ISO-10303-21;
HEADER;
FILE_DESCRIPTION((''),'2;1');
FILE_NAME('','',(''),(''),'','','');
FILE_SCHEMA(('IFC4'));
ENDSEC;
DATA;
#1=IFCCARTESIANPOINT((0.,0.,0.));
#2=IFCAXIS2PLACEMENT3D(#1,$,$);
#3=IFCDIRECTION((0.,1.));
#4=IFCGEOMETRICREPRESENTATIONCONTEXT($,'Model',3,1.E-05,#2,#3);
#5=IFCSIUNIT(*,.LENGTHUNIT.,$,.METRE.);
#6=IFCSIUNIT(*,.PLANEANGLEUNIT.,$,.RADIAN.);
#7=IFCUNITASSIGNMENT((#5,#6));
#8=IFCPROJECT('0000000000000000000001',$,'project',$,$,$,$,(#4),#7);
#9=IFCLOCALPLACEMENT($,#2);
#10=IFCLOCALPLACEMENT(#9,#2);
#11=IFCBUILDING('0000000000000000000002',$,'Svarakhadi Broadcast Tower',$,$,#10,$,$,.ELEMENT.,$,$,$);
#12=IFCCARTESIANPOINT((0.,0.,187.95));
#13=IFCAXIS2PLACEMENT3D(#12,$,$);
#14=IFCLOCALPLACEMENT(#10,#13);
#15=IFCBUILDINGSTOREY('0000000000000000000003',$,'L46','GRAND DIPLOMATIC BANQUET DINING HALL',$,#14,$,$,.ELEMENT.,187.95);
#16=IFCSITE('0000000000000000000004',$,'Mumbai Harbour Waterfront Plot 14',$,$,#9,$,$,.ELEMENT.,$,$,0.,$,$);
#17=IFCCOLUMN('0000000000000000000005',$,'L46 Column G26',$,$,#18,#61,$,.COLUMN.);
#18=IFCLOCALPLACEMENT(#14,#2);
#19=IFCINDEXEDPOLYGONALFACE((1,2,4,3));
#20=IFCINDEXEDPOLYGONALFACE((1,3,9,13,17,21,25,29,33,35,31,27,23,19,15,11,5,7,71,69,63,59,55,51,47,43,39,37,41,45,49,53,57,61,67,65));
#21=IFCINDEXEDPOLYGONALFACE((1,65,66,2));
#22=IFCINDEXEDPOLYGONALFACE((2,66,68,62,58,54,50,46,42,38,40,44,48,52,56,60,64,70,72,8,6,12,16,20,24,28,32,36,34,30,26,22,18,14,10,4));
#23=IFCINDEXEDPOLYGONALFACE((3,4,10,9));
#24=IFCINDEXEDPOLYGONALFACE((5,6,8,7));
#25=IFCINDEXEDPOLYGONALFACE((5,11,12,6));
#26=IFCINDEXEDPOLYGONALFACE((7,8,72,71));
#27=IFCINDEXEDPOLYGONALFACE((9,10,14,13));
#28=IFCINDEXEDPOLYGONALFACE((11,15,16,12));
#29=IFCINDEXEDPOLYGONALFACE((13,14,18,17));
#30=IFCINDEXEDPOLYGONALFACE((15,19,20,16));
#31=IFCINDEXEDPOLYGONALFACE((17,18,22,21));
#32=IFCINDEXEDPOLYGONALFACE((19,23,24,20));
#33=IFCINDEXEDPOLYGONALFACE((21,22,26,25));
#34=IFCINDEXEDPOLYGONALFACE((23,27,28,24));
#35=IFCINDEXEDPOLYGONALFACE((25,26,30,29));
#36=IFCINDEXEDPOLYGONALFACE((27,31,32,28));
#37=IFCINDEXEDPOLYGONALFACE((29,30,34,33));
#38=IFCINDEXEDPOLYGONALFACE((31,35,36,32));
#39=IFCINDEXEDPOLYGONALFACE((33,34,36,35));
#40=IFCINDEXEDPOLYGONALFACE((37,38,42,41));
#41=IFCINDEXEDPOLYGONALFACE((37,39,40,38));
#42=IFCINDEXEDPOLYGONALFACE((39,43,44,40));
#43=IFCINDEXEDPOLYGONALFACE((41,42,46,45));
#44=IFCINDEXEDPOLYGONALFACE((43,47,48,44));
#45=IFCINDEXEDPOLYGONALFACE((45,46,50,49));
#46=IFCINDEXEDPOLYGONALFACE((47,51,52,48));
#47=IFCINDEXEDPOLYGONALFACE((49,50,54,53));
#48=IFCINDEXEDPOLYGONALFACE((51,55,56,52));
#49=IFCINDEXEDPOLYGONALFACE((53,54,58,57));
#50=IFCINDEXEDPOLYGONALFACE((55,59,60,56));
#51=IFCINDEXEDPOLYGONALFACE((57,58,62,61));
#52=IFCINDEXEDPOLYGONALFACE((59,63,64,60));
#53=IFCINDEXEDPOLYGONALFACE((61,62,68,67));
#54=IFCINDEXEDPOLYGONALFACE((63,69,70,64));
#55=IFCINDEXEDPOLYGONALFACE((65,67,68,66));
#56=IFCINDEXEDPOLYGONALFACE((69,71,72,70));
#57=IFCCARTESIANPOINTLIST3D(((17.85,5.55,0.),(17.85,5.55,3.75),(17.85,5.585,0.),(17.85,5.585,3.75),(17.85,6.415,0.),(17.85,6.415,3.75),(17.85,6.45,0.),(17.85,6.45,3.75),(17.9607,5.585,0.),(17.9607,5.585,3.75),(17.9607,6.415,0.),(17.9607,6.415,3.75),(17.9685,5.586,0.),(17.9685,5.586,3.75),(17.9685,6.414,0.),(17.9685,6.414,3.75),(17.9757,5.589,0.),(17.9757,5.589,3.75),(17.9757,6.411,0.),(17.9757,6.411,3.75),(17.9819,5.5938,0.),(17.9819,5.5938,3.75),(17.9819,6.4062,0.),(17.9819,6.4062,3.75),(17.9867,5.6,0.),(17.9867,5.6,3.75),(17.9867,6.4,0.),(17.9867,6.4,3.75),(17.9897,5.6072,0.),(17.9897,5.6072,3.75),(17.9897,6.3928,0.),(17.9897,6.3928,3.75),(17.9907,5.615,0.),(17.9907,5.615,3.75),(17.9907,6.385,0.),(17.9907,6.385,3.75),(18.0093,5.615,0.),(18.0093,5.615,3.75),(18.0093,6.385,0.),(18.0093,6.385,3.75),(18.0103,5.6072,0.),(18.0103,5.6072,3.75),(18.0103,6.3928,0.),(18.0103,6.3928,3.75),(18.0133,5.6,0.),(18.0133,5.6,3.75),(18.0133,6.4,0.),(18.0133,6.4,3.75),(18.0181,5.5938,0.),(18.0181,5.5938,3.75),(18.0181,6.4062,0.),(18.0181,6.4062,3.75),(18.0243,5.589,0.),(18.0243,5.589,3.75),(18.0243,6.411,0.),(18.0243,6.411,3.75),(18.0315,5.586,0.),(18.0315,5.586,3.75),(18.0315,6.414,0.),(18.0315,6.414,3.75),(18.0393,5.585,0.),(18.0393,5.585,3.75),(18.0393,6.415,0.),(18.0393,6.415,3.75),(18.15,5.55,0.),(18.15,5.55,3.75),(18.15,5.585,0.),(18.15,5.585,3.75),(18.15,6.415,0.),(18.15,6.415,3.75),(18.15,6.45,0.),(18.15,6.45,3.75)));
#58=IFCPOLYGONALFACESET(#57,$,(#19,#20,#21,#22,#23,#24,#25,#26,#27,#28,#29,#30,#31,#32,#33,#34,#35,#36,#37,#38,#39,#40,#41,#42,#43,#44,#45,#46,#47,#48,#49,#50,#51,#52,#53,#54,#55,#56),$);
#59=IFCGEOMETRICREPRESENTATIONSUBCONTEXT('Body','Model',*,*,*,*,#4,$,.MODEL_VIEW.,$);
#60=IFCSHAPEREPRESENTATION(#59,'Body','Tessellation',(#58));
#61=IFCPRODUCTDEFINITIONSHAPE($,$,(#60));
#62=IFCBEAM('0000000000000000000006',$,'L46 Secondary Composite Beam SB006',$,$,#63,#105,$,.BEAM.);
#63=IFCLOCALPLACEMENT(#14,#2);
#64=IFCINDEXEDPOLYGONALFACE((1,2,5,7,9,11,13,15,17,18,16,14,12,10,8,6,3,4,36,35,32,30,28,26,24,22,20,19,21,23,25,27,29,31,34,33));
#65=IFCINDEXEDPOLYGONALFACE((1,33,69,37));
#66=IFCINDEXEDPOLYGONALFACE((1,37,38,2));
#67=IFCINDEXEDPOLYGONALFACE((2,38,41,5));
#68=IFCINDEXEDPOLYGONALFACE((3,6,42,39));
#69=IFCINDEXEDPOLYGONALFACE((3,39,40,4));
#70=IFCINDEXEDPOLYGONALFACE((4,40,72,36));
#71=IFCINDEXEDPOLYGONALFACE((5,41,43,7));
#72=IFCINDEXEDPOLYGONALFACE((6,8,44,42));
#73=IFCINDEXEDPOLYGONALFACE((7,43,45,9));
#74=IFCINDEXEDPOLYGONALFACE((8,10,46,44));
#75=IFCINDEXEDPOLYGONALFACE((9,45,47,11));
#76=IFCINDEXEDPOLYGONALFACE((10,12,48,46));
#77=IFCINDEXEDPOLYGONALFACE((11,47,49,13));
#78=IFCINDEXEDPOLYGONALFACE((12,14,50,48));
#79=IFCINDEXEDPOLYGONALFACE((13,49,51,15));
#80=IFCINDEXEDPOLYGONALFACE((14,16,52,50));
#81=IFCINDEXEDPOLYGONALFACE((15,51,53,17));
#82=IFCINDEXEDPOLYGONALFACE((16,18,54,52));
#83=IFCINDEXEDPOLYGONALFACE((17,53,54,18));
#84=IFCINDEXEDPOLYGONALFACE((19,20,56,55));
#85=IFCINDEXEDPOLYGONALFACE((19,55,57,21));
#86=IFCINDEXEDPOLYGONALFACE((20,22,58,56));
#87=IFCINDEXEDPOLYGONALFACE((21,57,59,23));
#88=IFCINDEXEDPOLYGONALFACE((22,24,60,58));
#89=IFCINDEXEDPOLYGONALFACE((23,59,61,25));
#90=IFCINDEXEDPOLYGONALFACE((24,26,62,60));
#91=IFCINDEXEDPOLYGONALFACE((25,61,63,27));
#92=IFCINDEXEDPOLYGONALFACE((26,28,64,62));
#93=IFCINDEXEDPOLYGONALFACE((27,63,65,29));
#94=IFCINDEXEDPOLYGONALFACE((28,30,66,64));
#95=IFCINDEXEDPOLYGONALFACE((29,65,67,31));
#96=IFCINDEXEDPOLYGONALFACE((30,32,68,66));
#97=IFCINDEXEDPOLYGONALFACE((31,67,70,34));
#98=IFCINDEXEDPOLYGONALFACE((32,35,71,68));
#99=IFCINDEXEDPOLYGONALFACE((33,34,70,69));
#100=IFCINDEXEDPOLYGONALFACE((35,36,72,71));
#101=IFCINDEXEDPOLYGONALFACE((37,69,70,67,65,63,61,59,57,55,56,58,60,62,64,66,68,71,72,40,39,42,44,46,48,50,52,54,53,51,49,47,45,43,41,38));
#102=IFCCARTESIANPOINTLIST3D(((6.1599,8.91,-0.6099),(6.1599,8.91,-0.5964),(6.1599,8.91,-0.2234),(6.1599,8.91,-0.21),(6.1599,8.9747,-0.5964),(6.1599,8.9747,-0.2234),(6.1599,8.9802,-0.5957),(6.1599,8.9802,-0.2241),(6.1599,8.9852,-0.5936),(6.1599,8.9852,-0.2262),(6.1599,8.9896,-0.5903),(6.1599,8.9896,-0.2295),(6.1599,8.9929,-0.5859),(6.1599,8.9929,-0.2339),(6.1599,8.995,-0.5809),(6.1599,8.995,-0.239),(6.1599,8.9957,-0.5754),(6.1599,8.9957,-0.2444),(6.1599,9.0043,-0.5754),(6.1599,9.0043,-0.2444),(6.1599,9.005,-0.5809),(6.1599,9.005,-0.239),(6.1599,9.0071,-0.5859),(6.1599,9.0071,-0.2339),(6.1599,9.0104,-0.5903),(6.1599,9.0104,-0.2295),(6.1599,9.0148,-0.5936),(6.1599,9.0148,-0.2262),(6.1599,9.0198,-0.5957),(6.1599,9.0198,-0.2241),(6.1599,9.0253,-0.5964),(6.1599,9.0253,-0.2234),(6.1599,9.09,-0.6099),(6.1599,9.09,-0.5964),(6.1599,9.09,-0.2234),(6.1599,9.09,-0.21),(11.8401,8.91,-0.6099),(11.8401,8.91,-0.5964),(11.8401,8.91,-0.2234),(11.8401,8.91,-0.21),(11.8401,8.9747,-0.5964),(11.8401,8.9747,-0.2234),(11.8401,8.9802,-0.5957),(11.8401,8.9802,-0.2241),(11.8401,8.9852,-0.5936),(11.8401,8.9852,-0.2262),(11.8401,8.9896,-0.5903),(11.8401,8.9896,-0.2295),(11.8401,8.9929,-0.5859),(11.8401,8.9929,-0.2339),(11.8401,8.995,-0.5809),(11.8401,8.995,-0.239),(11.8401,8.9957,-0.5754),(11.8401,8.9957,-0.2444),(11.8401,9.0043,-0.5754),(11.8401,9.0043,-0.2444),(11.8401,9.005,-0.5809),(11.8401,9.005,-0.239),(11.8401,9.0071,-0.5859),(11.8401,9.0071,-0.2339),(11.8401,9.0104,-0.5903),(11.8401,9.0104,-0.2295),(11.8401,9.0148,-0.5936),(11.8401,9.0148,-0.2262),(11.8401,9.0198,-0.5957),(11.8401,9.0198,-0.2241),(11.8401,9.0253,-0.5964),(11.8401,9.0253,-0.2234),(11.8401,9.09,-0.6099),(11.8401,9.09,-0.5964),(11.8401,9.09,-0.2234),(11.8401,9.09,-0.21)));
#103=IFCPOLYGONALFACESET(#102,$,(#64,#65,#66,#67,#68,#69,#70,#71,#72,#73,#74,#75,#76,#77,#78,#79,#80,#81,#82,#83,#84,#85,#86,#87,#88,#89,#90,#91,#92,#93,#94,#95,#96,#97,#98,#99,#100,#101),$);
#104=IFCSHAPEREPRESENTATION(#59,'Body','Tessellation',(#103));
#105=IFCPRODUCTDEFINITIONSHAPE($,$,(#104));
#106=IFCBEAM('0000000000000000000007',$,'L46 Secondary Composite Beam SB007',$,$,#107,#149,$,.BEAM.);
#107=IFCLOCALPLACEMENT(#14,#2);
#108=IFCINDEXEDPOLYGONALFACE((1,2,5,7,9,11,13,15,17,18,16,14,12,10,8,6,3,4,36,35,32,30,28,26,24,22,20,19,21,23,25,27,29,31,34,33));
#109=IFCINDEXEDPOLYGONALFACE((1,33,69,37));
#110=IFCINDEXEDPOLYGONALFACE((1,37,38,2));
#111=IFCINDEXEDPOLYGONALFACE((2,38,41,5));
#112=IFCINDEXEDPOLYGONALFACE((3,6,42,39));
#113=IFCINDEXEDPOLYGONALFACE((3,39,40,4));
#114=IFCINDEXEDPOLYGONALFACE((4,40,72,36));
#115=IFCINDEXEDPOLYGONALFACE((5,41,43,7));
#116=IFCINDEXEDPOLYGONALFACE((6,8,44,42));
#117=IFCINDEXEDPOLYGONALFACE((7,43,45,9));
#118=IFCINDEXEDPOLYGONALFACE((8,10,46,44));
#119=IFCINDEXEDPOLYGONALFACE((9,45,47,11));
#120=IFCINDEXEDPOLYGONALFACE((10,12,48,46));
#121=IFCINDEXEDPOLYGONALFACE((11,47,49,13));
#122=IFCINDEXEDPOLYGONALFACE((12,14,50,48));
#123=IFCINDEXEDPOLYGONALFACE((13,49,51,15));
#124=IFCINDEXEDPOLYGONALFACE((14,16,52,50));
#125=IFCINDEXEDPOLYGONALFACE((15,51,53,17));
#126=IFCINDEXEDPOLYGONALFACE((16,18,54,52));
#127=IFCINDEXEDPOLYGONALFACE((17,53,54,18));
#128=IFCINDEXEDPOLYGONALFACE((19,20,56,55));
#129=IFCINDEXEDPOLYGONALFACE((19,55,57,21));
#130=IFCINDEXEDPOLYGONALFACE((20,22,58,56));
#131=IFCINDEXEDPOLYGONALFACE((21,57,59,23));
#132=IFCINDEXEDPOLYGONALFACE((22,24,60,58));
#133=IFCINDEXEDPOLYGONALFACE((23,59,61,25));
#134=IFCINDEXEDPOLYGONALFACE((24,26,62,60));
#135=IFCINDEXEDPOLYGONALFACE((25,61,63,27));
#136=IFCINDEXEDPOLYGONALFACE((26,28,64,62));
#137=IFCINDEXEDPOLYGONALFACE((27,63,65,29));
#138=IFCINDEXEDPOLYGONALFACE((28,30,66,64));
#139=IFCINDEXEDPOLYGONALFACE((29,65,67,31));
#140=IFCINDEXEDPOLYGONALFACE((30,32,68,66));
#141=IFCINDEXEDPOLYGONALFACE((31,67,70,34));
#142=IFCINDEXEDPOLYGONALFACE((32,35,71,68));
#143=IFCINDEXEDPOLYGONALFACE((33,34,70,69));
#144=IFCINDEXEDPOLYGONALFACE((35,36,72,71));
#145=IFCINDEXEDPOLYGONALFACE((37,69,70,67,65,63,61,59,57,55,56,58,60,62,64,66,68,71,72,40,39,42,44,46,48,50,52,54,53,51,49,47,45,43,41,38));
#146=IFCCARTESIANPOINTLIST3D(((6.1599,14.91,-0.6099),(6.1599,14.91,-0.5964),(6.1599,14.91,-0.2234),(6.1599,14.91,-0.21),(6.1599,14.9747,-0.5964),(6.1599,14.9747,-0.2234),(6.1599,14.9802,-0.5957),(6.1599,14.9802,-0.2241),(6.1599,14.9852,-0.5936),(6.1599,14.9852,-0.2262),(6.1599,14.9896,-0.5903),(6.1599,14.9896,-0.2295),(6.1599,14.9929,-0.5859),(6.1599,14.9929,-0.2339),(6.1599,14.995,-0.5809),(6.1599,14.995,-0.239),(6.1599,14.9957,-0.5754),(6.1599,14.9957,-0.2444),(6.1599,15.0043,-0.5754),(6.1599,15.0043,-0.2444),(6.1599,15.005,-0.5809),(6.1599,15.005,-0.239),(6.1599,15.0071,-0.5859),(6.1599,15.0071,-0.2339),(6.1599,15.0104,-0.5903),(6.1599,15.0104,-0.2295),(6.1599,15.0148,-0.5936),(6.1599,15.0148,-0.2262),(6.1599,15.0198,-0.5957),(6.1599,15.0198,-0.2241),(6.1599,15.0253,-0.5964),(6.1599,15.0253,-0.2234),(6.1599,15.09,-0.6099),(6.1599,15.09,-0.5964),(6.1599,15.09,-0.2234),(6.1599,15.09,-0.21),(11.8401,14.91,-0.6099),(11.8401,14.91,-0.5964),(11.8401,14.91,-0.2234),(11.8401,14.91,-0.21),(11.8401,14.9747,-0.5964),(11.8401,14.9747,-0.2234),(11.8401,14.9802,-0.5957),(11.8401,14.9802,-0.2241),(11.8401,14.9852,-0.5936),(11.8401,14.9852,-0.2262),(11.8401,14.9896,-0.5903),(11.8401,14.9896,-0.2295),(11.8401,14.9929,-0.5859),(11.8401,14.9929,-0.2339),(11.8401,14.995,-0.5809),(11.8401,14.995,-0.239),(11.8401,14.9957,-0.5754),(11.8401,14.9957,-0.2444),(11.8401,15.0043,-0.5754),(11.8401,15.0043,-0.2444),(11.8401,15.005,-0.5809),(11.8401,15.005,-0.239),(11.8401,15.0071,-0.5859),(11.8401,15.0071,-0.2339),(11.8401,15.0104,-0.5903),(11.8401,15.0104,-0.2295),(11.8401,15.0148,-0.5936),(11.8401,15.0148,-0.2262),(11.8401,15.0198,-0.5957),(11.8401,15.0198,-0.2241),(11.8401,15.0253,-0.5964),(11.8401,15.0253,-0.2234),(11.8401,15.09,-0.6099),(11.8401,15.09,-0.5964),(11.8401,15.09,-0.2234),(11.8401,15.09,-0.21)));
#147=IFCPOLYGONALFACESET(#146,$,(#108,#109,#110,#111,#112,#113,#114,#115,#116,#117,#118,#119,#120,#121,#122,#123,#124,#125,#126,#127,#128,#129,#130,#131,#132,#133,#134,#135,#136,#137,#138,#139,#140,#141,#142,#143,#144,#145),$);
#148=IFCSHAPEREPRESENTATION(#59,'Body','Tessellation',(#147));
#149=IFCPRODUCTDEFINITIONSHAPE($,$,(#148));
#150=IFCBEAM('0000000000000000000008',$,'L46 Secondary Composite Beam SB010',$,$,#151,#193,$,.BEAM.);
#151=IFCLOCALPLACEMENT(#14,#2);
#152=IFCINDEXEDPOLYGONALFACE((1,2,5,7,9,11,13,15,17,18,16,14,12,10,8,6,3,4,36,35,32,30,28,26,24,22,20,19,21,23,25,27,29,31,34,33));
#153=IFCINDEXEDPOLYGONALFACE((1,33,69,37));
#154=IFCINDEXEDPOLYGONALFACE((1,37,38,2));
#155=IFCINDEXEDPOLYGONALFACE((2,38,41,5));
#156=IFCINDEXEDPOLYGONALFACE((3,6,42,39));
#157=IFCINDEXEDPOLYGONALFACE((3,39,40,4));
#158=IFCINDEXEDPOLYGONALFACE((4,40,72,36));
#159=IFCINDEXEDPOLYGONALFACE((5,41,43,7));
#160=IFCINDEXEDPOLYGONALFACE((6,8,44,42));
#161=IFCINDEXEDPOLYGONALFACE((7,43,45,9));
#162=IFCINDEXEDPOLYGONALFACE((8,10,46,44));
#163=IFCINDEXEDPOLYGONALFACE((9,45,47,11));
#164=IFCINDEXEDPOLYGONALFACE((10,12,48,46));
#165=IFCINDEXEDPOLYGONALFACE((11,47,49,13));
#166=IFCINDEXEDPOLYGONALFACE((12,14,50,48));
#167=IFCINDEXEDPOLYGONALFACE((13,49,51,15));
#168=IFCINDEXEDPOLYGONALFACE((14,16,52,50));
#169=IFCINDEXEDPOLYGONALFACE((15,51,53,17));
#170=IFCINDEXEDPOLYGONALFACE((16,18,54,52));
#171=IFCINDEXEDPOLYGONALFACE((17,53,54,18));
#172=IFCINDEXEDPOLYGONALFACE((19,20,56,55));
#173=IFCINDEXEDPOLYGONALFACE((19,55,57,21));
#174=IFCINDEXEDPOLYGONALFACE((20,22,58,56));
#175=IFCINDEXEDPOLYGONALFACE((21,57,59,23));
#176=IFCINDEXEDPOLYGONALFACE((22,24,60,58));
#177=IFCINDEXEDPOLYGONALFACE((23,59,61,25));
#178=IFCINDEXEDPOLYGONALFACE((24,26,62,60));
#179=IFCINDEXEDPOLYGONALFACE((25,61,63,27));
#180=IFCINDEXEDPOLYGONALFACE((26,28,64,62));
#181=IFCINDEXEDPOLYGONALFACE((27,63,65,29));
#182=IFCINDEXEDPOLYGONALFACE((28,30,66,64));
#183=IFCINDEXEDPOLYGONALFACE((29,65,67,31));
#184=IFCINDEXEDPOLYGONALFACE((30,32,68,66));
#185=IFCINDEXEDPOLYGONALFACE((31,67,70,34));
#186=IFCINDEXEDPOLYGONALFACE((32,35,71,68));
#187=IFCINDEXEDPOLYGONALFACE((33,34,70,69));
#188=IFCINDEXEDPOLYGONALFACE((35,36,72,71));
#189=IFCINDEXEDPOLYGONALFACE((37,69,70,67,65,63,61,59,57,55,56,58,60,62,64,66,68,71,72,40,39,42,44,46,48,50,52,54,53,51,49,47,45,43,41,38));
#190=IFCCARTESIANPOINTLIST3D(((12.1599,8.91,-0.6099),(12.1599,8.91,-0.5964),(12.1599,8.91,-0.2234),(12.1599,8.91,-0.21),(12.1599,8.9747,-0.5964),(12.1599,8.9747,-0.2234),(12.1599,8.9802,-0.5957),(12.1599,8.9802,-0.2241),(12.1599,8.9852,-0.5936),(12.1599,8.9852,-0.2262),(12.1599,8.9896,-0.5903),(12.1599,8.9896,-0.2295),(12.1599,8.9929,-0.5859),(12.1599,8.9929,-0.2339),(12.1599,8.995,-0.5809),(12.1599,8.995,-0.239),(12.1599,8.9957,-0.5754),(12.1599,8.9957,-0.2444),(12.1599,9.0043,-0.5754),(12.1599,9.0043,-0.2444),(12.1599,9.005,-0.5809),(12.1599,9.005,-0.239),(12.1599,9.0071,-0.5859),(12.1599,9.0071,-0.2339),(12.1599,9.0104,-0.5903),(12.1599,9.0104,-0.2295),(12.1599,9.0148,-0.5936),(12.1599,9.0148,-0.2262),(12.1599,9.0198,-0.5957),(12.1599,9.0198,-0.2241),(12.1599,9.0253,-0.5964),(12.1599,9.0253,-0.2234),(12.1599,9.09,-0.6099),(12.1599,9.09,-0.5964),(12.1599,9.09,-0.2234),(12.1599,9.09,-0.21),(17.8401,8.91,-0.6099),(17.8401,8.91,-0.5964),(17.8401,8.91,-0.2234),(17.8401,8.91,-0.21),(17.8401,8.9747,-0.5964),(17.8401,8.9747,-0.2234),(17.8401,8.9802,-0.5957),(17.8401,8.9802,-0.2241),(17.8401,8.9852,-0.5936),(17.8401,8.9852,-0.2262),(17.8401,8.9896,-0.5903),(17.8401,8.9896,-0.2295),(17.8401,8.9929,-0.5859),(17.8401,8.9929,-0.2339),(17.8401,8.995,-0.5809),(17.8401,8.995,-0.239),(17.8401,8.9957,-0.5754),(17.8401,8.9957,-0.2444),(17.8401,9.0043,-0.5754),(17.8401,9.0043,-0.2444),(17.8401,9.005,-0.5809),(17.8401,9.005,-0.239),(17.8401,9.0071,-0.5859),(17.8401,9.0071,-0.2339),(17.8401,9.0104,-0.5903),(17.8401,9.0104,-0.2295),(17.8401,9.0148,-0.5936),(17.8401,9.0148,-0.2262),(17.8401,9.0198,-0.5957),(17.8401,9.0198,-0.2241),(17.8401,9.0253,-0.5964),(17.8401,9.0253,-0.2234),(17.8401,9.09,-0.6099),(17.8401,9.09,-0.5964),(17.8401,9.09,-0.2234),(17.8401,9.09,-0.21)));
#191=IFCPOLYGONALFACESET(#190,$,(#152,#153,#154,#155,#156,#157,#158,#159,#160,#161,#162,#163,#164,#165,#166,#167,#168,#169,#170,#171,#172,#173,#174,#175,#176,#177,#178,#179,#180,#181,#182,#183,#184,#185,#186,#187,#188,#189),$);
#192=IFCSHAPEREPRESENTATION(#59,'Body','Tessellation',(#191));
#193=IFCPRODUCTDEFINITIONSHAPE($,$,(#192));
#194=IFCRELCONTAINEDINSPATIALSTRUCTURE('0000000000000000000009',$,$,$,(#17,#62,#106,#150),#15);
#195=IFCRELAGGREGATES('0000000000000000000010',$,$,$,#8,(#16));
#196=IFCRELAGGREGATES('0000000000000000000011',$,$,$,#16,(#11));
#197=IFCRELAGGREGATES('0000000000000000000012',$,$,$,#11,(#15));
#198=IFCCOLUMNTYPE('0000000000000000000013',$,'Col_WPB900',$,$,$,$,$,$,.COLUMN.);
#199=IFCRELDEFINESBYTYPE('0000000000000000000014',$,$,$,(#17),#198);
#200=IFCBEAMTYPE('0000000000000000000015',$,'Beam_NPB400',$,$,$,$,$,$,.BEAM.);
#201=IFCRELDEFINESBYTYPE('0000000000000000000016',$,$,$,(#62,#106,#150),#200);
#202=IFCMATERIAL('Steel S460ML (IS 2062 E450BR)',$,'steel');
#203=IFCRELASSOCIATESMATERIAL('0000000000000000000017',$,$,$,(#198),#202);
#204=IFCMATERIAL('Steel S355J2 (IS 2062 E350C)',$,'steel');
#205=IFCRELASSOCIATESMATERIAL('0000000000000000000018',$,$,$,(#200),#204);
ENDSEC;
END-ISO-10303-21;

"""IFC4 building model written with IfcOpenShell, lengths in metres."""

from ifc_helpers import new_model, si_unit, direction, frame, origin, origin_2d, place, context, subcontext, project, spatial, i_section, extrude, material, material_profile, profile_set, type_object, element, save


model = new_model("IFC4")

# Units and contexts
model_context = context("Model", 3, precision=1e-05, world=origin(), true_north=direction((0.0, 1.0)))
body_context = subcontext(model_context, "Body", "Model", "MODEL_VIEW")
ifc_project = project(units=[si_unit("LENGTHUNIT", "METRE"), si_unit("PLANEANGLEUNIT", "RADIAN")], contexts=[model_context])

# Site, building, storey
site_placement = place(None, origin())
site = spatial("IfcSite", under=ifc_project, at=site_placement, Name="Mumbai Harbour Waterfront Plot 14", CompositionType="ELEMENT", RefElevation=0.0)
building_placement = place(site_placement, origin())
building = spatial("IfcBuilding", under=site, at=building_placement, Name="Svarakhadi Broadcast Tower", CompositionType="ELEMENT")
storey_placement = place(building_placement, frame((0.0, 0.0, 187.95)))
storey = spatial("IfcBuildingStorey", under=building, at=storey_placement, Name="L46", Description="GRAND DIPLOMATIC BANQUET DINING HALL", CompositionType="ELEMENT", Elevation=187.95)

# Column
ifc_material_1 = material(Name="Steel S460ML (IS 2062 E450BR)", Category="steel")
ifc_material_profile_1 = material_profile(ifc_material_1, i_section(OverallWidth=0.3, OverallDepth=0.8999, WebThickness=0.0186, FlangeThickness=0.0349, FilletRadius=0.03, at=origin_2d()), Name="WPB 900x300x291")
ifc_profile_set_1 = profile_set([ifc_material_profile_1], Name="Steel S460ML (IS 2062 E450BR)")
column_type_1 = type_object("IfcColumnType", Name="Col_WPB900", PredefinedType="COLUMN", material=ifc_profile_set_1)
for number, where, z_axis, x_axis, name in (
    (1, (18.0, 6.0, 0.0), (0.0, 0.0, 1.0), (1.0, 0.0, 0.0), "L46 Column G26"),
):
    element("IfcColumn", number, at=place(storey_placement, frame(where, z_axis=z_axis, x_axis=x_axis)), inside=storey, type_object=column_type_1, Name=name, PredefinedType="COLUMN", context=body_context, shape_type="SweptSolid", body=[
        extrude(i_section(OverallWidth=0.3, OverallDepth=0.8999, WebThickness=0.0186, FlangeThickness=0.0349, FilletRadius=0.03, at=origin_2d()), origin(), (0.0, 0.0, 1.0), 3.75),
    ])

# Beams
ifc_material_2 = material(Name="Steel S355J2 (IS 2062 E350C)", Category="steel")
ifc_material_profile_2 = material_profile(ifc_material_2, i_section(OverallWidth=0.1799, OverallDepth=0.3999, WebThickness=0.0085, FlangeThickness=0.0134, FilletRadius=0.021, at=origin_2d()), Name="NPB 400x180x66")
ifc_profile_set_2 = profile_set([ifc_material_profile_2], Name="Steel S355J2 (IS 2062 E350C)")
beam_type_1 = type_object("IfcBeamType", Name="Beam_NPB400", PredefinedType="BEAM", material=ifc_profile_set_2)
for number, where, z_axis, x_axis, name in (
    (2, (6.1599, 9.0, -0.4099), (1.0, 0.0, 0.0), (0.0, 1.0, 0.0), "L46 Secondary Composite Beam SB006"),
    (3, (6.1599, 15.0, -0.4099), (1.0, 0.0, 0.0), (0.0, 1.0, 0.0), "L46 Secondary Composite Beam SB007"),
    (4, (12.1599, 9.0, -0.4099), (1.0, 0.0, 0.0), (0.0, 1.0, 0.0), "L46 Secondary Composite Beam SB010"),
):
    element("IfcBeam", number, at=place(storey_placement, frame(where, z_axis=z_axis, x_axis=x_axis)), inside=storey, type_object=beam_type_1, Name=name, PredefinedType="BEAM", context=body_context, shape_type="SweptSolid", body=[
        extrude(i_section(OverallWidth=0.1799, OverallDepth=0.3999, WebThickness=0.0085, FlangeThickness=0.0134, FilletRadius=0.021, at=origin_2d()), origin(), (0.0, 0.0, 1.0), 5.6802),
    ])

save(model, "model.ifc")
